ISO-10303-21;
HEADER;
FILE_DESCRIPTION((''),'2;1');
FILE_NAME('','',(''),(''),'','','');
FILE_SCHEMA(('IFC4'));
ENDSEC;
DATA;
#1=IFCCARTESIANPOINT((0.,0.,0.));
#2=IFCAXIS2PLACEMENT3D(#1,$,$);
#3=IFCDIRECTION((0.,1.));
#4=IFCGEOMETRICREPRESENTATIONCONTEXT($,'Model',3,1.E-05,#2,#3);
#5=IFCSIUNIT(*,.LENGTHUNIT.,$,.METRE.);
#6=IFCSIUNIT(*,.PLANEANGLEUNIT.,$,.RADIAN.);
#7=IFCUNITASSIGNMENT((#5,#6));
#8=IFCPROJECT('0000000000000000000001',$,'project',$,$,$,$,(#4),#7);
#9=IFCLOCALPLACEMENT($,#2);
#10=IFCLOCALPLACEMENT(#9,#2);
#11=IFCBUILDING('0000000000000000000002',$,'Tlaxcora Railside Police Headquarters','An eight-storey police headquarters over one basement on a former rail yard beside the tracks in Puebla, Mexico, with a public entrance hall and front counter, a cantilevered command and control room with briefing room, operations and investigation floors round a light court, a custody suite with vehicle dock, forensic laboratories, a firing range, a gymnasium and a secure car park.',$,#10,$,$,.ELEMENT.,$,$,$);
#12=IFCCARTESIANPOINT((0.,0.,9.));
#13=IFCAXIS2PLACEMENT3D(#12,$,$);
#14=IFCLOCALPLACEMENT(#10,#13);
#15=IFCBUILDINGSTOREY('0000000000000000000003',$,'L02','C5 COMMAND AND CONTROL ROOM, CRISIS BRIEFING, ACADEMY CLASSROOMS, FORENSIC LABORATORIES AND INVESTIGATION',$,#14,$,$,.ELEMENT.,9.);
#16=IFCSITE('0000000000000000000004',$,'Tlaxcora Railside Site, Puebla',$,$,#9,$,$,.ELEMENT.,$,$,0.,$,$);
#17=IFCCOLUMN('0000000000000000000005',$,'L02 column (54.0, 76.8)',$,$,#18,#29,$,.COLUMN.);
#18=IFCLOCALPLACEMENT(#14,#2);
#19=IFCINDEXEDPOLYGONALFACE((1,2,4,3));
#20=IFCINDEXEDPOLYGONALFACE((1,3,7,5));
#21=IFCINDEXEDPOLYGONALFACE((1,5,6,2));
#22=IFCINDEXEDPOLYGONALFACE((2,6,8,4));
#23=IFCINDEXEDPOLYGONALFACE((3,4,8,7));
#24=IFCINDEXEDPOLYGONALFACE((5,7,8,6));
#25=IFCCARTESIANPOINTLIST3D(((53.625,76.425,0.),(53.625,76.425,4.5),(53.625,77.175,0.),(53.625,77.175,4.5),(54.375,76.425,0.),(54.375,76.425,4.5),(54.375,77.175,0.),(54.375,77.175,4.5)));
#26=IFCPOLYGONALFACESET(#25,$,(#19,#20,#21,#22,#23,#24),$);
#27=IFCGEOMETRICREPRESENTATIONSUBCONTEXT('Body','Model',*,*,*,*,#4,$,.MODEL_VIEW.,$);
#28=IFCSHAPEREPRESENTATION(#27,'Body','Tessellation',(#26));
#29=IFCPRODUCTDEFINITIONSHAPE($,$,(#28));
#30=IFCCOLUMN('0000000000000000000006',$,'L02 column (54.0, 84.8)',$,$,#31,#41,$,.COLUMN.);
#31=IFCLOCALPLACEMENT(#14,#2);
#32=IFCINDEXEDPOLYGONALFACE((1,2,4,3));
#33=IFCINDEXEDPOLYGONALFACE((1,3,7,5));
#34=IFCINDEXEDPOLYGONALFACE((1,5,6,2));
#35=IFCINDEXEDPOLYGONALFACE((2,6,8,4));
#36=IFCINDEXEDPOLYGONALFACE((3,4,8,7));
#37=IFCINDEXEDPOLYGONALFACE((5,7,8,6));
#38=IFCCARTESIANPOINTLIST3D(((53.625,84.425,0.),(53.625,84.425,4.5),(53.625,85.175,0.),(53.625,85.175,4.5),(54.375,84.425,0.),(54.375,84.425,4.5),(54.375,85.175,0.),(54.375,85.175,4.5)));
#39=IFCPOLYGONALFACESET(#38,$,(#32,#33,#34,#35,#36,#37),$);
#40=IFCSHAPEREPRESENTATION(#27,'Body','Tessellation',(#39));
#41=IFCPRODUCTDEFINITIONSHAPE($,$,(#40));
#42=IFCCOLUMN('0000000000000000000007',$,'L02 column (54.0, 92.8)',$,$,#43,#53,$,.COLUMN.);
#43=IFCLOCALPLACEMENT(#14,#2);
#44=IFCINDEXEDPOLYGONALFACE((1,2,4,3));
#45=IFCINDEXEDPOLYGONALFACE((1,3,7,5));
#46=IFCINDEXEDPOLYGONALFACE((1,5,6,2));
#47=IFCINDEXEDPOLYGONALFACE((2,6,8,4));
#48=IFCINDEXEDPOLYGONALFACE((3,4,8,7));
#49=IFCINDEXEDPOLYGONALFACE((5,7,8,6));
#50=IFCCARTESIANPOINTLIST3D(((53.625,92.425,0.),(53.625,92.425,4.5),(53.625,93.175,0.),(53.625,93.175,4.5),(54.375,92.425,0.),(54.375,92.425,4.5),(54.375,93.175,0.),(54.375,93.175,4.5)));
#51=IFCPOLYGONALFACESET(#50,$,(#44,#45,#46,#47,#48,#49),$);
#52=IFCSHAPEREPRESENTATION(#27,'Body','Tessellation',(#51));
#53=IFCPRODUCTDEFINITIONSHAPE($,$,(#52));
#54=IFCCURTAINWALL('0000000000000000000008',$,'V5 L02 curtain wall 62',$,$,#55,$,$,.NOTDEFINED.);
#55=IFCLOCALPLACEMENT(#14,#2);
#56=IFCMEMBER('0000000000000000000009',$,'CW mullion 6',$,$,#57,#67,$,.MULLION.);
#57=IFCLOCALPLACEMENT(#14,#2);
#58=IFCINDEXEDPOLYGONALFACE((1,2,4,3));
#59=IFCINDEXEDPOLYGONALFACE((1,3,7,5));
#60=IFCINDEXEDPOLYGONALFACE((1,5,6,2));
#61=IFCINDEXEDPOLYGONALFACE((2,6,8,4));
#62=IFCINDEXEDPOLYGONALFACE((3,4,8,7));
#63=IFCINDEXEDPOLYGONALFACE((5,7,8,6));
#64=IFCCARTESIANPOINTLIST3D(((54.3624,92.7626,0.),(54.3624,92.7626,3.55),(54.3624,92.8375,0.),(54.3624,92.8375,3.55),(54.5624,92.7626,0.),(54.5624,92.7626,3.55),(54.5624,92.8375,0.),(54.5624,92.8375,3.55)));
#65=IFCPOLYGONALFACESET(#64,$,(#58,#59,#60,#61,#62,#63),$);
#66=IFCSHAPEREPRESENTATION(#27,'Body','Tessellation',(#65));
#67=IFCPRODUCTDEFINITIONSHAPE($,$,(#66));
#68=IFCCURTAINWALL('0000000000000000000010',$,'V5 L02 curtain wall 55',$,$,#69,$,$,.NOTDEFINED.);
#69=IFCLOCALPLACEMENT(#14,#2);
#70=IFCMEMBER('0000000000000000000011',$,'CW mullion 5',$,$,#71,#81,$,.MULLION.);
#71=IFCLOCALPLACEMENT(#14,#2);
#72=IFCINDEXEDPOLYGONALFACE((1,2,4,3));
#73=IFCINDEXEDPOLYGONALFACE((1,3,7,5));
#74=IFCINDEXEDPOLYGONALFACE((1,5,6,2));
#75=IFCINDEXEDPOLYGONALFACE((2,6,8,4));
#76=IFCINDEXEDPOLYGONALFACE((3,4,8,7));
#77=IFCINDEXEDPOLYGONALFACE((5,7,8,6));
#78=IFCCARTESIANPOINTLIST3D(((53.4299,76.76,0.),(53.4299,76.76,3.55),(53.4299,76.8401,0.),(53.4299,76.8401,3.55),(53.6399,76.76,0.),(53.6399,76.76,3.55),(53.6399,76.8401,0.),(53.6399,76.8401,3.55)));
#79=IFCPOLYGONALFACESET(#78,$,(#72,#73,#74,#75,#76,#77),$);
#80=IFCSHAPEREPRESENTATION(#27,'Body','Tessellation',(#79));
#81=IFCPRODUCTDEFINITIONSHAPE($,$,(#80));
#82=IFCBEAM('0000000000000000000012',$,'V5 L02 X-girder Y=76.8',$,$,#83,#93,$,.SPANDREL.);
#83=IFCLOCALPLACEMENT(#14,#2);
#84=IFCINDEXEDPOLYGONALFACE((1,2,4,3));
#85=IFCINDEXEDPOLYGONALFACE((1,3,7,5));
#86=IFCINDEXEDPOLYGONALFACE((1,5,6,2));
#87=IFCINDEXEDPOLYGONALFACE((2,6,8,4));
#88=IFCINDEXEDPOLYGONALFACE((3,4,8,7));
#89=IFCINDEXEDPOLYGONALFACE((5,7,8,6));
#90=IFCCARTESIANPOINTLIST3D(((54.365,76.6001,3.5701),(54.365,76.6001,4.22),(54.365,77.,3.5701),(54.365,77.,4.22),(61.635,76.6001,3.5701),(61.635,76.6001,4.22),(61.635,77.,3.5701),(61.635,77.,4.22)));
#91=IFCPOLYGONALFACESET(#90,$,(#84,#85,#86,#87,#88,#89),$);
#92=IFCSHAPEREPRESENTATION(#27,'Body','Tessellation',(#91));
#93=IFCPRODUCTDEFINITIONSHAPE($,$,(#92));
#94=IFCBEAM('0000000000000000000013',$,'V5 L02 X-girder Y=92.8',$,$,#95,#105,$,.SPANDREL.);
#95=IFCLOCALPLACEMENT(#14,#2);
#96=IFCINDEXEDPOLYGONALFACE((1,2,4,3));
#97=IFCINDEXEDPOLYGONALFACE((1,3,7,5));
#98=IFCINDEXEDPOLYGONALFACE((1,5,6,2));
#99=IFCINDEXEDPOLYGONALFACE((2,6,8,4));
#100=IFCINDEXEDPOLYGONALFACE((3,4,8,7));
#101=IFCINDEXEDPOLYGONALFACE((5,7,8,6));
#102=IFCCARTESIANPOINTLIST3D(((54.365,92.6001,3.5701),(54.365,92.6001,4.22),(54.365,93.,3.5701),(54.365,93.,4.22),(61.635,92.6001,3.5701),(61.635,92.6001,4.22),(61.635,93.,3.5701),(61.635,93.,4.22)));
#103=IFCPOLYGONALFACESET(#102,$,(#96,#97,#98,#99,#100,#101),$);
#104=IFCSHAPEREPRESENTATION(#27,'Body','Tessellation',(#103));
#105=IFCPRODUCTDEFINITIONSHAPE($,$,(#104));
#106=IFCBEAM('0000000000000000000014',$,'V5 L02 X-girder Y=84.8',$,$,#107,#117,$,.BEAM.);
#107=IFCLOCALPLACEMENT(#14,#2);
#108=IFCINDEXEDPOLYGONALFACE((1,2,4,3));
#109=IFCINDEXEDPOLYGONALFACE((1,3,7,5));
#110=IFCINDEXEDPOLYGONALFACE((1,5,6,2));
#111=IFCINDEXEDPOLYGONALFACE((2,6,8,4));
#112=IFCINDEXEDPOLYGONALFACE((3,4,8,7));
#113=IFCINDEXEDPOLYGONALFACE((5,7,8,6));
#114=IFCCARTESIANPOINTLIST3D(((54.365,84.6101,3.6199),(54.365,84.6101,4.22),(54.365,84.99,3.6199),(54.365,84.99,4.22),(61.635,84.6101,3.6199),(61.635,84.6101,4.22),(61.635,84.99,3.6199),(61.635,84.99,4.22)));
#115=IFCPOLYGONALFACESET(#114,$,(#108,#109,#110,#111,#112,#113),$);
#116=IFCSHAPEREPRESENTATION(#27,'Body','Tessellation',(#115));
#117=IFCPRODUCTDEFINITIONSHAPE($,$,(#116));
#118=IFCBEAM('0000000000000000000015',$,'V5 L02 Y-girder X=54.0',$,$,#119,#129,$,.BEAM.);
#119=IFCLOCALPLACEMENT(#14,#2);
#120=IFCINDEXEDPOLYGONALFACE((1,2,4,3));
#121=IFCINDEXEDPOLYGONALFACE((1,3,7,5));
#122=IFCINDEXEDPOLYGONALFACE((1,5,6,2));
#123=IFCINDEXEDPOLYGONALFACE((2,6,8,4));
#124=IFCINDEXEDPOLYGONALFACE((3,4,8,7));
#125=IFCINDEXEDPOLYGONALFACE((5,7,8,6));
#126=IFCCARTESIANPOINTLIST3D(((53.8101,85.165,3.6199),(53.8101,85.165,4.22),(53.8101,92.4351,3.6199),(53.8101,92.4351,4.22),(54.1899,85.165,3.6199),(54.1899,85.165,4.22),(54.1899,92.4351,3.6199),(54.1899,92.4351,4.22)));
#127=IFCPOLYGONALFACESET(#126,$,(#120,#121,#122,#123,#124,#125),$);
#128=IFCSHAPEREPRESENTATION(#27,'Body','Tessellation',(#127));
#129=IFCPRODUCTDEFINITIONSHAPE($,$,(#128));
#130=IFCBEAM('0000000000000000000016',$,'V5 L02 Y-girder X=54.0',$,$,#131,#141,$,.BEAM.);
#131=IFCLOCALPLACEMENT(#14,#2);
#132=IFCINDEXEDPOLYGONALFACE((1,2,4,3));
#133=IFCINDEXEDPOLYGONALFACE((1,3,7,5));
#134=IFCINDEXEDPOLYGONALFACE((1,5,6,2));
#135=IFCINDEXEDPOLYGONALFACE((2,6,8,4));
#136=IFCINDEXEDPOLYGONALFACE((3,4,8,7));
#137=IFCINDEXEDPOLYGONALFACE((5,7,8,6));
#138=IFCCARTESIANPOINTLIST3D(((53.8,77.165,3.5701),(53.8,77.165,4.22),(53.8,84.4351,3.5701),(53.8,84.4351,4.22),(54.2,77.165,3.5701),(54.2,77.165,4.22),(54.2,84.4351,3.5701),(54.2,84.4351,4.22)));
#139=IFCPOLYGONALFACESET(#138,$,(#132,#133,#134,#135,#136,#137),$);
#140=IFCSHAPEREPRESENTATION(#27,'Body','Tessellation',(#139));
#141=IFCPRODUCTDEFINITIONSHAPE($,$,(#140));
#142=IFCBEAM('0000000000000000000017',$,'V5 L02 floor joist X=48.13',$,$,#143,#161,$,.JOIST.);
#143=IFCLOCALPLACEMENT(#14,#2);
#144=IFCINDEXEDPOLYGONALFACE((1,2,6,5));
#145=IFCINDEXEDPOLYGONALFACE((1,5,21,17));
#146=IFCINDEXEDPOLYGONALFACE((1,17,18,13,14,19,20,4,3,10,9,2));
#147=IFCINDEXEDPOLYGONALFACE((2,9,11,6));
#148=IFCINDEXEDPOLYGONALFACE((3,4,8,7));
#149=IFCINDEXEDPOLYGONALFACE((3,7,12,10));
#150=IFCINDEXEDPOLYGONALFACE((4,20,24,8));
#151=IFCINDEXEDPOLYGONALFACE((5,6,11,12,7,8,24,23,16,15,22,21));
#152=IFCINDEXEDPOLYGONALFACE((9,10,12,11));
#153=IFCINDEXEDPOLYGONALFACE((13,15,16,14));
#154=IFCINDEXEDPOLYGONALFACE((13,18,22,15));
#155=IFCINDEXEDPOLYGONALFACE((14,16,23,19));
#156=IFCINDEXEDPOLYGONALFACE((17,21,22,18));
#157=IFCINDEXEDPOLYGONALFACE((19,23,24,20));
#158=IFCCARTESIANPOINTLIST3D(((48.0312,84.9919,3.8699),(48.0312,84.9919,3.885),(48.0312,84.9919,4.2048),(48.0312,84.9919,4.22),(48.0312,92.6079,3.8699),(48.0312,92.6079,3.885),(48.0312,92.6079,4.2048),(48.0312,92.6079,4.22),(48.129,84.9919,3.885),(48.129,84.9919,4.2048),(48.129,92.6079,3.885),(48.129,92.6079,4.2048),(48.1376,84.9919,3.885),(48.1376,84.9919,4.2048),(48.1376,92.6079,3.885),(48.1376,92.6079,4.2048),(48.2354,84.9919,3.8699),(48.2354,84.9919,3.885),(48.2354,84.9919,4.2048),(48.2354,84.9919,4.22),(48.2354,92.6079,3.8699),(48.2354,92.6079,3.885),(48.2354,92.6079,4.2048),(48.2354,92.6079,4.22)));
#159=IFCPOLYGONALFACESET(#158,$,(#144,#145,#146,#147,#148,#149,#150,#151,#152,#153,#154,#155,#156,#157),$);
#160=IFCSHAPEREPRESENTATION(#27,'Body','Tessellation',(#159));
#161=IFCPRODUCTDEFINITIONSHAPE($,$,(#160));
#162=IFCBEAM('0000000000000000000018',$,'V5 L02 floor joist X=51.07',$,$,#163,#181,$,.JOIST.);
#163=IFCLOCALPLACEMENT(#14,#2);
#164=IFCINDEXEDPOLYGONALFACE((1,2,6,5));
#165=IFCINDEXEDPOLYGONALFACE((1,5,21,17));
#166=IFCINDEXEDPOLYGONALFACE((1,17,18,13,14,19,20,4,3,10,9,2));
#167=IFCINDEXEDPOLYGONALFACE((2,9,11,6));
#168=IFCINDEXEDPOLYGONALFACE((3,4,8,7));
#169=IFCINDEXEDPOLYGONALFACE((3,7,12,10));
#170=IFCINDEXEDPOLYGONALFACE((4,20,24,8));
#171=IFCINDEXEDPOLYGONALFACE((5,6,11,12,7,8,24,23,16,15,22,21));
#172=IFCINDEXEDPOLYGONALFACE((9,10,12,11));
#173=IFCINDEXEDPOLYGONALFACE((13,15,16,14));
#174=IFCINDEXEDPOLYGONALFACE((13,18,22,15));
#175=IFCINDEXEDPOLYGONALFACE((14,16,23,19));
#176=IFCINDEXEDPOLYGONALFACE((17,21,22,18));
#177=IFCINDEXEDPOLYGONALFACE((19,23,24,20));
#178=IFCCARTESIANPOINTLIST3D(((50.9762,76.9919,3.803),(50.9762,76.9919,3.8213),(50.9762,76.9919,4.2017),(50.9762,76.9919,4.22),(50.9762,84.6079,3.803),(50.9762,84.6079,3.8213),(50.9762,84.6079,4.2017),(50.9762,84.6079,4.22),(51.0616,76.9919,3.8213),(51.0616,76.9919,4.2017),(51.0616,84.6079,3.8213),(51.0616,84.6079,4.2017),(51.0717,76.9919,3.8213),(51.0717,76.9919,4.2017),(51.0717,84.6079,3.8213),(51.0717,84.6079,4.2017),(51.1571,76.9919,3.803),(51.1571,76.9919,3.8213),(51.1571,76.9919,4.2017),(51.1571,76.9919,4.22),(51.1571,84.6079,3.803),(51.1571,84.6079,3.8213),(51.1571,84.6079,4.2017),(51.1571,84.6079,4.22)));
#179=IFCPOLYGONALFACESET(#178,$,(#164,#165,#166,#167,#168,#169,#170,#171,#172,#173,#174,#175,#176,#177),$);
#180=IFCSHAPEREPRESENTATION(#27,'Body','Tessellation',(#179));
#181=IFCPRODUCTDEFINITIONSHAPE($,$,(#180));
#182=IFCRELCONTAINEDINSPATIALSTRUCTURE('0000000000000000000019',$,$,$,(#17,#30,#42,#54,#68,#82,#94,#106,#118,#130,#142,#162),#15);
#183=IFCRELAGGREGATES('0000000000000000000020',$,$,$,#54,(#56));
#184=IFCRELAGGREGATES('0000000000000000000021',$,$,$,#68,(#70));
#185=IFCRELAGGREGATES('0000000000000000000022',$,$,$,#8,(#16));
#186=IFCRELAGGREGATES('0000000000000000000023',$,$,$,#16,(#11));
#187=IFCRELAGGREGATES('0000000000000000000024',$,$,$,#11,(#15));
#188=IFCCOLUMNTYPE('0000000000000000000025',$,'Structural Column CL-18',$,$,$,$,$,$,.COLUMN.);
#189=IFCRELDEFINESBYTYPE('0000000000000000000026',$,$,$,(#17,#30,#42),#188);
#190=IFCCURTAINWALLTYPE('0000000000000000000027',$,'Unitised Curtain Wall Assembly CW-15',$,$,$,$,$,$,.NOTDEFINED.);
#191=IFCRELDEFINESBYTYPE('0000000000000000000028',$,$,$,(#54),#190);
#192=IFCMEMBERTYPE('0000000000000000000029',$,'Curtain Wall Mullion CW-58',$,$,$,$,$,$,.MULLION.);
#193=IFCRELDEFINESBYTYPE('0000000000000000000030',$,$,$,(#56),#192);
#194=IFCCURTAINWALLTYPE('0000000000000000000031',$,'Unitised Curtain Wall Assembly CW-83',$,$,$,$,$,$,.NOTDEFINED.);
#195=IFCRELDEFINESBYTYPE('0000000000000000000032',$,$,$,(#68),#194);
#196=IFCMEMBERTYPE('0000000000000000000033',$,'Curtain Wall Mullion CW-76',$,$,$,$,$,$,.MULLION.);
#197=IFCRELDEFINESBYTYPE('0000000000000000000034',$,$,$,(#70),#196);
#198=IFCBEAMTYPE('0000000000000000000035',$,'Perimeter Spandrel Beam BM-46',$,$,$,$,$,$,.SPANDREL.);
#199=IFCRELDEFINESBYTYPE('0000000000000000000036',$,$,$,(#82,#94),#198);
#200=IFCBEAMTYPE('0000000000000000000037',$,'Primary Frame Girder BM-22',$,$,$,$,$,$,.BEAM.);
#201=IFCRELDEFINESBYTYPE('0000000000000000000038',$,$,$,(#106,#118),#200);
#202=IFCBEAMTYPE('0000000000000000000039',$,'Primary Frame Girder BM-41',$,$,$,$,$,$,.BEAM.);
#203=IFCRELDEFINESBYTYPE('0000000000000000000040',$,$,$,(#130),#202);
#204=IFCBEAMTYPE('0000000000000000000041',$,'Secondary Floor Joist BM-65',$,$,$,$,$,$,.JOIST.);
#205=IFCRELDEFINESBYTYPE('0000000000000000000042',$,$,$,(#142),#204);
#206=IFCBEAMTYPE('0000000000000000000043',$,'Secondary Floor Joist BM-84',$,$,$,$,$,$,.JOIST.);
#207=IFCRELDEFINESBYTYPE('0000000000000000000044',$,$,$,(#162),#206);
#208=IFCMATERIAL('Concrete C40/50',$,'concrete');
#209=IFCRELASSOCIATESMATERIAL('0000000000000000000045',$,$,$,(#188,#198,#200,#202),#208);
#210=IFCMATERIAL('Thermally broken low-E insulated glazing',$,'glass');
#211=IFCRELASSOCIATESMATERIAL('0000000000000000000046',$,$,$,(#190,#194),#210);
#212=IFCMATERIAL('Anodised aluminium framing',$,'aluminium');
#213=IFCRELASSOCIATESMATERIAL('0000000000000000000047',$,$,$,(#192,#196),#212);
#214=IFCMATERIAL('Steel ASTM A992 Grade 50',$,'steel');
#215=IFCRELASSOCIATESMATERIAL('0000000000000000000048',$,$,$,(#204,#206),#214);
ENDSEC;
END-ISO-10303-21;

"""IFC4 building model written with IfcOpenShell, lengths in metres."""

from ifc_helpers import new_model, si_unit, direction, frame, origin, origin_2d, place, context, subcontext, project, spatial, rectangle, i_section, extrude, material, material_profile, profile_set, type_object, element, aggregate, save


model = new_model("IFC4")

# Units and contexts
model_context = context("Model", 3, precision=1e-05, world=origin(), true_north=direction((0.0, 1.0)))
body_context = subcontext(model_context, "Body", "Model", "MODEL_VIEW")
ifc_project = project(units=[si_unit("LENGTHUNIT", "METRE"), si_unit("PLANEANGLEUNIT", "RADIAN")], contexts=[model_context])

# Site, building, storey
site_placement = place(None, origin())
site = spatial("IfcSite", under=ifc_project, at=site_placement, Name="Tlaxcora Railside Site, Puebla", CompositionType="ELEMENT", RefElevation=0.0)
building_placement = place(site_placement, origin())
building = spatial("IfcBuilding", under=site, at=building_placement, Name="Tlaxcora Railside Police Headquarters", Description="An eight-storey police headquarters over one basement on a former rail yard beside the tracks in Puebla, Mexico, with a public entrance hall and front counter, a cantilevered command and control room with briefing room, operations and investigation floors round a light court, a custody suite with vehicle dock, forensic laboratories, a firing range, a gymnasium and a secure car park.", CompositionType="ELEMENT")
storey_placement = place(building_placement, frame((0.0, 0.0, 9.0)))
storey = spatial("IfcBuildingStorey", under=building, at=storey_placement, Name="L02", Description="C5 COMMAND AND CONTROL ROOM, CRISIS BRIEFING, ACADEMY CLASSROOMS, FORENSIC LABORATORIES AND INVESTIGATION", CompositionType="ELEMENT", Elevation=9.0)

# Columns
ifc_material_1 = material(Name="Concrete C40/50", Category="concrete")
ifc_material_profile_1 = material_profile(ifc_material_1, rectangle(XDim=0.75, YDim=0.75, at=origin_2d()), Name="RC750X750")
ifc_profile_set_1 = profile_set([ifc_material_profile_1], Name="Concrete C40/50")
column_type = type_object("IfcColumnType", Name="Structural Column CL-18", PredefinedType="COLUMN", material=ifc_profile_set_1)
for number, where, z_axis, x_axis, name in (
    (1, (54.0, 76.8, 0.0), (0.0, 0.0, 1.0), (1.0, 0.0, 0.0), "L02 column (54.0, 76.8)"),
    (2, (54.0, 84.8, 0.0), (0.0, 0.0, 1.0), (1.0, 0.0, 0.0), "L02 column (54.0, 84.8)"),
    (3, (54.0, 92.8, 0.0), (0.0, 0.0, 1.0), (1.0, 0.0, 0.0), "L02 column (54.0, 92.8)"),
):
    element("IfcColumn", number, at=place(storey_placement, frame(where, z_axis=z_axis, x_axis=x_axis)), inside=storey, type_object=column_type, Name=name, PredefinedType="COLUMN", context=body_context, shape_type="SweptSolid", body=[
        extrude(rectangle(XDim=0.75, YDim=0.75, at=origin_2d()), origin(), (0.0, 0.0, 1.0), 4.5),
    ])

# Curtain walls, members
ifc_material_2 = material(Name="Thermally broken low-E insulated glazing", Category="glass")
curtain_wall_type_1 = type_object("IfcCurtainWallType", Name="Unitised Curtain Wall Assembly CW-15", PredefinedType="NOTDEFINED", material=ifc_material_2)
curtain_wall_1_placement = place(storey_placement, origin())
curtain_wall_1 = element("IfcCurtainWall", 4, at=curtain_wall_1_placement, inside=storey, type_object=curtain_wall_type_1, Name="V5 L02 curtain wall 62", PredefinedType="NOTDEFINED")
ifc_material_3 = material(Name="Anodised aluminium framing", Category="aluminium")
ifc_material_profile_2 = material_profile(ifc_material_3, rectangle(XDim=0.075, YDim=0.2, at=origin_2d()), Name="AL75X200")
ifc_profile_set_2 = profile_set([ifc_material_profile_2], Name="Anodised aluminium framing")
member_type_1 = type_object("IfcMemberType", Name="Curtain Wall Mullion CW-58", PredefinedType="MULLION", material=ifc_profile_set_2)
member_1_placement = place(storey_placement, frame((54.4624, 92.8, 0.0), z_axis=(0.0, 0.0, 1.0), x_axis=(0.0, -1.0, 0.0)))
member_1 = element("IfcMember", 5, at=member_1_placement, type_object=member_type_1, Name="CW mullion 6", PredefinedType="MULLION", context=body_context, shape_type="SweptSolid", body=[
    extrude(rectangle(XDim=0.075, YDim=0.2, at=origin_2d()), origin(), (0.0, 0.0, 1.0), 3.55),
])
aggregate(curtain_wall_1, [member_1])
curtain_wall_type_2 = type_object("IfcCurtainWallType", Name="Unitised Curtain Wall Assembly CW-83", PredefinedType="NOTDEFINED", material=ifc_material_2)
curtain_wall_2_placement = place(storey_placement, origin())
curtain_wall_2 = element("IfcCurtainWall", 6, at=curtain_wall_2_placement, inside=storey, type_object=curtain_wall_type_2, Name="V5 L02 curtain wall 55", PredefinedType="NOTDEFINED")
ifc_material_profile_3 = material_profile(ifc_material_3, rectangle(XDim=0.0801, YDim=0.21, at=origin_2d()), Name="AL80X210")
ifc_profile_set_3 = profile_set([ifc_material_profile_3], Name="Anodised aluminium framing")
member_type_2 = type_object("IfcMemberType", Name="Curtain Wall Mullion CW-76", PredefinedType="MULLION", material=ifc_profile_set_3)
member_2_placement = place(storey_placement, frame((53.5349, 76.8, 0.0), z_axis=(0.0, 0.0, 1.0), x_axis=(0.0, 1.0, 0.0)))
member_2 = element("IfcMember", 7, at=member_2_placement, type_object=member_type_2, Name="CW mullion 5", PredefinedType="MULLION", context=body_context, shape_type="SweptSolid", body=[
    extrude(rectangle(XDim=0.0801, YDim=0.21, at=origin_2d()), origin(), (0.0, 0.0, 1.0), 3.55),
])

# Beams
ifc_material_profile_4 = material_profile(ifc_material_1, rectangle(XDim=0.3999, YDim=0.6499, at=origin_2d()), Name="RC400X650")
ifc_profile_set_4 = profile_set([ifc_material_profile_4], Name="Concrete C40/50")
beam_type_1 = type_object("IfcBeamType", Name="Perimeter Spandrel Beam BM-46", PredefinedType="SPANDREL", material=ifc_profile_set_4)
for number, where, z_axis, x_axis, name in (
    (8, (54.365, 76.8, 3.895), (1.0, 0.0, 0.0), (0.0, 1.0, 0.0), "V5 L02 X-girder Y=76.8"),
    (9, (54.365, 92.8, 3.895), (1.0, 0.0, 0.0), (0.0, 1.0, 0.0), "V5 L02 X-girder Y=92.8"),
):
    element("IfcBeam", number, at=place(storey_placement, frame(where, z_axis=z_axis, x_axis=x_axis)), inside=storey, type_object=beam_type_1, Name=name, PredefinedType="SPANDREL", context=body_context, shape_type="SweptSolid", body=[
        extrude(rectangle(XDim=0.3999, YDim=0.6499, at=origin_2d()), origin(), (0.0, 0.0, 1.0), 7.27),
    ])
ifc_material_profile_5 = material_profile(ifc_material_1, rectangle(XDim=0.3799, YDim=0.6001, at=origin_2d()), Name="RC380X600")
ifc_profile_set_5 = profile_set([ifc_material_profile_5], Name="Concrete C40/50")
beam_type_2 = type_object("IfcBeamType", Name="Primary Frame Girder BM-22", PredefinedType="BEAM", material=ifc_profile_set_5)
for number, where, z_axis, x_axis, name in (
    (10, (54.365, 84.8, 3.9199), (1.0, 0.0, 0.0), (0.0, 1.0, 0.0), "V5 L02 X-girder Y=84.8"),
    (11, (54.0, 85.165, 3.9199), (0.0, 1.0, 0.0), (-1.0, 0.0, 0.0), "V5 L02 Y-girder X=54.0"),
):
    element("IfcBeam", number, at=place(storey_placement, frame(where, z_axis=z_axis, x_axis=x_axis)), inside=storey, type_object=beam_type_2, Name=name, PredefinedType="BEAM", context=body_context, shape_type="SweptSolid", body=[
        extrude(rectangle(XDim=0.3799, YDim=0.6001, at=origin_2d()), origin(), (0.0, 0.0, 1.0), 7.27),
    ])
ifc_material_profile_6 = material_profile(ifc_material_1, rectangle(XDim=0.3999, YDim=0.6499, at=origin_2d()), Name="RC400X650")
ifc_profile_set_6 = profile_set([ifc_material_profile_6], Name="Concrete C40/50")
beam_type_3 = type_object("IfcBeamType", Name="Primary Frame Girder BM-41", PredefinedType="BEAM", material=ifc_profile_set_6)
beam_1_placement = place(storey_placement, frame((54.0, 77.165, 3.895), z_axis=(0.0, 1.0, 0.0), x_axis=(-1.0, 0.0, 0.0)))
element("IfcBeam", 12, at=beam_1_placement, inside=storey, type_object=beam_type_3, Name="V5 L02 Y-girder X=54.0", PredefinedType="BEAM", context=body_context, shape_type="SweptSolid", body=[
    extrude(rectangle(XDim=0.3999, YDim=0.6499, at=origin_2d()), origin(), (0.0, 0.0, 1.0), 7.27),
])
ifc_material_4 = material(Name="Steel ASTM A992 Grade 50", Category="steel")
ifc_material_profile_7 = material_profile(ifc_material_4, i_section(OverallWidth=0.2041, OverallDepth=0.3501, WebThickness=0.0085, FlangeThickness=0.0151, at=origin_2d()), Name="W14X48")
ifc_profile_set_7 = profile_set([ifc_material_profile_7], Name="Steel ASTM A992 Grade 50")
beam_type_4 = type_object("IfcBeamType", Name="Secondary Floor Joist BM-65", PredefinedType="JOIST", material=ifc_profile_set_7)
beam_2_placement = place(storey_placement, frame((48.1333, 84.9919, 4.0449), z_axis=(0.0, 1.0, 0.0), x_axis=(-1.0, 0.0, 0.0)))
element("IfcBeam", 13, at=beam_2_placement, inside=storey, type_object=beam_type_4, Name="V5 L02 floor joist X=48.13", PredefinedType="JOIST", context=body_context, shape_type="SweptSolid", body=[
    extrude(i_section(OverallWidth=0.2041, OverallDepth=0.3501, WebThickness=0.0085, FlangeThickness=0.0151, at=origin_2d()), origin(), (0.0, 0.0, 1.0), 7.616),
])
ifc_material_profile_8 = material_profile(ifc_material_4, i_section(OverallWidth=0.1809, OverallDepth=0.417, WebThickness=0.01, FlangeThickness=0.0183, at=origin_2d()), Name="W16X57")
ifc_profile_set_8 = profile_set([ifc_material_profile_8], Name="Steel ASTM A992 Grade 50")
beam_type_5 = type_object("IfcBeamType", Name="Secondary Floor Joist BM-84", PredefinedType="JOIST", material=ifc_profile_set_8)
beam_3_placement = place(storey_placement, frame((51.0667, 76.9919, 4.0115), z_axis=(0.0, 1.0, 0.0), x_axis=(-1.0, 0.0, 0.0)))
element("IfcBeam", 14, at=beam_3_placement, inside=storey, type_object=beam_type_5, Name="V5 L02 floor joist X=51.07", PredefinedType="JOIST", context=body_context, shape_type="SweptSolid", body=[
    extrude(i_section(OverallWidth=0.1809, OverallDepth=0.417, WebThickness=0.01, FlangeThickness=0.0183, at=origin_2d()), origin(), (0.0, 0.0, 1.0), 7.616),
])

aggregate(curtain_wall_2, [member_2])

save(model, "model.ifc")
